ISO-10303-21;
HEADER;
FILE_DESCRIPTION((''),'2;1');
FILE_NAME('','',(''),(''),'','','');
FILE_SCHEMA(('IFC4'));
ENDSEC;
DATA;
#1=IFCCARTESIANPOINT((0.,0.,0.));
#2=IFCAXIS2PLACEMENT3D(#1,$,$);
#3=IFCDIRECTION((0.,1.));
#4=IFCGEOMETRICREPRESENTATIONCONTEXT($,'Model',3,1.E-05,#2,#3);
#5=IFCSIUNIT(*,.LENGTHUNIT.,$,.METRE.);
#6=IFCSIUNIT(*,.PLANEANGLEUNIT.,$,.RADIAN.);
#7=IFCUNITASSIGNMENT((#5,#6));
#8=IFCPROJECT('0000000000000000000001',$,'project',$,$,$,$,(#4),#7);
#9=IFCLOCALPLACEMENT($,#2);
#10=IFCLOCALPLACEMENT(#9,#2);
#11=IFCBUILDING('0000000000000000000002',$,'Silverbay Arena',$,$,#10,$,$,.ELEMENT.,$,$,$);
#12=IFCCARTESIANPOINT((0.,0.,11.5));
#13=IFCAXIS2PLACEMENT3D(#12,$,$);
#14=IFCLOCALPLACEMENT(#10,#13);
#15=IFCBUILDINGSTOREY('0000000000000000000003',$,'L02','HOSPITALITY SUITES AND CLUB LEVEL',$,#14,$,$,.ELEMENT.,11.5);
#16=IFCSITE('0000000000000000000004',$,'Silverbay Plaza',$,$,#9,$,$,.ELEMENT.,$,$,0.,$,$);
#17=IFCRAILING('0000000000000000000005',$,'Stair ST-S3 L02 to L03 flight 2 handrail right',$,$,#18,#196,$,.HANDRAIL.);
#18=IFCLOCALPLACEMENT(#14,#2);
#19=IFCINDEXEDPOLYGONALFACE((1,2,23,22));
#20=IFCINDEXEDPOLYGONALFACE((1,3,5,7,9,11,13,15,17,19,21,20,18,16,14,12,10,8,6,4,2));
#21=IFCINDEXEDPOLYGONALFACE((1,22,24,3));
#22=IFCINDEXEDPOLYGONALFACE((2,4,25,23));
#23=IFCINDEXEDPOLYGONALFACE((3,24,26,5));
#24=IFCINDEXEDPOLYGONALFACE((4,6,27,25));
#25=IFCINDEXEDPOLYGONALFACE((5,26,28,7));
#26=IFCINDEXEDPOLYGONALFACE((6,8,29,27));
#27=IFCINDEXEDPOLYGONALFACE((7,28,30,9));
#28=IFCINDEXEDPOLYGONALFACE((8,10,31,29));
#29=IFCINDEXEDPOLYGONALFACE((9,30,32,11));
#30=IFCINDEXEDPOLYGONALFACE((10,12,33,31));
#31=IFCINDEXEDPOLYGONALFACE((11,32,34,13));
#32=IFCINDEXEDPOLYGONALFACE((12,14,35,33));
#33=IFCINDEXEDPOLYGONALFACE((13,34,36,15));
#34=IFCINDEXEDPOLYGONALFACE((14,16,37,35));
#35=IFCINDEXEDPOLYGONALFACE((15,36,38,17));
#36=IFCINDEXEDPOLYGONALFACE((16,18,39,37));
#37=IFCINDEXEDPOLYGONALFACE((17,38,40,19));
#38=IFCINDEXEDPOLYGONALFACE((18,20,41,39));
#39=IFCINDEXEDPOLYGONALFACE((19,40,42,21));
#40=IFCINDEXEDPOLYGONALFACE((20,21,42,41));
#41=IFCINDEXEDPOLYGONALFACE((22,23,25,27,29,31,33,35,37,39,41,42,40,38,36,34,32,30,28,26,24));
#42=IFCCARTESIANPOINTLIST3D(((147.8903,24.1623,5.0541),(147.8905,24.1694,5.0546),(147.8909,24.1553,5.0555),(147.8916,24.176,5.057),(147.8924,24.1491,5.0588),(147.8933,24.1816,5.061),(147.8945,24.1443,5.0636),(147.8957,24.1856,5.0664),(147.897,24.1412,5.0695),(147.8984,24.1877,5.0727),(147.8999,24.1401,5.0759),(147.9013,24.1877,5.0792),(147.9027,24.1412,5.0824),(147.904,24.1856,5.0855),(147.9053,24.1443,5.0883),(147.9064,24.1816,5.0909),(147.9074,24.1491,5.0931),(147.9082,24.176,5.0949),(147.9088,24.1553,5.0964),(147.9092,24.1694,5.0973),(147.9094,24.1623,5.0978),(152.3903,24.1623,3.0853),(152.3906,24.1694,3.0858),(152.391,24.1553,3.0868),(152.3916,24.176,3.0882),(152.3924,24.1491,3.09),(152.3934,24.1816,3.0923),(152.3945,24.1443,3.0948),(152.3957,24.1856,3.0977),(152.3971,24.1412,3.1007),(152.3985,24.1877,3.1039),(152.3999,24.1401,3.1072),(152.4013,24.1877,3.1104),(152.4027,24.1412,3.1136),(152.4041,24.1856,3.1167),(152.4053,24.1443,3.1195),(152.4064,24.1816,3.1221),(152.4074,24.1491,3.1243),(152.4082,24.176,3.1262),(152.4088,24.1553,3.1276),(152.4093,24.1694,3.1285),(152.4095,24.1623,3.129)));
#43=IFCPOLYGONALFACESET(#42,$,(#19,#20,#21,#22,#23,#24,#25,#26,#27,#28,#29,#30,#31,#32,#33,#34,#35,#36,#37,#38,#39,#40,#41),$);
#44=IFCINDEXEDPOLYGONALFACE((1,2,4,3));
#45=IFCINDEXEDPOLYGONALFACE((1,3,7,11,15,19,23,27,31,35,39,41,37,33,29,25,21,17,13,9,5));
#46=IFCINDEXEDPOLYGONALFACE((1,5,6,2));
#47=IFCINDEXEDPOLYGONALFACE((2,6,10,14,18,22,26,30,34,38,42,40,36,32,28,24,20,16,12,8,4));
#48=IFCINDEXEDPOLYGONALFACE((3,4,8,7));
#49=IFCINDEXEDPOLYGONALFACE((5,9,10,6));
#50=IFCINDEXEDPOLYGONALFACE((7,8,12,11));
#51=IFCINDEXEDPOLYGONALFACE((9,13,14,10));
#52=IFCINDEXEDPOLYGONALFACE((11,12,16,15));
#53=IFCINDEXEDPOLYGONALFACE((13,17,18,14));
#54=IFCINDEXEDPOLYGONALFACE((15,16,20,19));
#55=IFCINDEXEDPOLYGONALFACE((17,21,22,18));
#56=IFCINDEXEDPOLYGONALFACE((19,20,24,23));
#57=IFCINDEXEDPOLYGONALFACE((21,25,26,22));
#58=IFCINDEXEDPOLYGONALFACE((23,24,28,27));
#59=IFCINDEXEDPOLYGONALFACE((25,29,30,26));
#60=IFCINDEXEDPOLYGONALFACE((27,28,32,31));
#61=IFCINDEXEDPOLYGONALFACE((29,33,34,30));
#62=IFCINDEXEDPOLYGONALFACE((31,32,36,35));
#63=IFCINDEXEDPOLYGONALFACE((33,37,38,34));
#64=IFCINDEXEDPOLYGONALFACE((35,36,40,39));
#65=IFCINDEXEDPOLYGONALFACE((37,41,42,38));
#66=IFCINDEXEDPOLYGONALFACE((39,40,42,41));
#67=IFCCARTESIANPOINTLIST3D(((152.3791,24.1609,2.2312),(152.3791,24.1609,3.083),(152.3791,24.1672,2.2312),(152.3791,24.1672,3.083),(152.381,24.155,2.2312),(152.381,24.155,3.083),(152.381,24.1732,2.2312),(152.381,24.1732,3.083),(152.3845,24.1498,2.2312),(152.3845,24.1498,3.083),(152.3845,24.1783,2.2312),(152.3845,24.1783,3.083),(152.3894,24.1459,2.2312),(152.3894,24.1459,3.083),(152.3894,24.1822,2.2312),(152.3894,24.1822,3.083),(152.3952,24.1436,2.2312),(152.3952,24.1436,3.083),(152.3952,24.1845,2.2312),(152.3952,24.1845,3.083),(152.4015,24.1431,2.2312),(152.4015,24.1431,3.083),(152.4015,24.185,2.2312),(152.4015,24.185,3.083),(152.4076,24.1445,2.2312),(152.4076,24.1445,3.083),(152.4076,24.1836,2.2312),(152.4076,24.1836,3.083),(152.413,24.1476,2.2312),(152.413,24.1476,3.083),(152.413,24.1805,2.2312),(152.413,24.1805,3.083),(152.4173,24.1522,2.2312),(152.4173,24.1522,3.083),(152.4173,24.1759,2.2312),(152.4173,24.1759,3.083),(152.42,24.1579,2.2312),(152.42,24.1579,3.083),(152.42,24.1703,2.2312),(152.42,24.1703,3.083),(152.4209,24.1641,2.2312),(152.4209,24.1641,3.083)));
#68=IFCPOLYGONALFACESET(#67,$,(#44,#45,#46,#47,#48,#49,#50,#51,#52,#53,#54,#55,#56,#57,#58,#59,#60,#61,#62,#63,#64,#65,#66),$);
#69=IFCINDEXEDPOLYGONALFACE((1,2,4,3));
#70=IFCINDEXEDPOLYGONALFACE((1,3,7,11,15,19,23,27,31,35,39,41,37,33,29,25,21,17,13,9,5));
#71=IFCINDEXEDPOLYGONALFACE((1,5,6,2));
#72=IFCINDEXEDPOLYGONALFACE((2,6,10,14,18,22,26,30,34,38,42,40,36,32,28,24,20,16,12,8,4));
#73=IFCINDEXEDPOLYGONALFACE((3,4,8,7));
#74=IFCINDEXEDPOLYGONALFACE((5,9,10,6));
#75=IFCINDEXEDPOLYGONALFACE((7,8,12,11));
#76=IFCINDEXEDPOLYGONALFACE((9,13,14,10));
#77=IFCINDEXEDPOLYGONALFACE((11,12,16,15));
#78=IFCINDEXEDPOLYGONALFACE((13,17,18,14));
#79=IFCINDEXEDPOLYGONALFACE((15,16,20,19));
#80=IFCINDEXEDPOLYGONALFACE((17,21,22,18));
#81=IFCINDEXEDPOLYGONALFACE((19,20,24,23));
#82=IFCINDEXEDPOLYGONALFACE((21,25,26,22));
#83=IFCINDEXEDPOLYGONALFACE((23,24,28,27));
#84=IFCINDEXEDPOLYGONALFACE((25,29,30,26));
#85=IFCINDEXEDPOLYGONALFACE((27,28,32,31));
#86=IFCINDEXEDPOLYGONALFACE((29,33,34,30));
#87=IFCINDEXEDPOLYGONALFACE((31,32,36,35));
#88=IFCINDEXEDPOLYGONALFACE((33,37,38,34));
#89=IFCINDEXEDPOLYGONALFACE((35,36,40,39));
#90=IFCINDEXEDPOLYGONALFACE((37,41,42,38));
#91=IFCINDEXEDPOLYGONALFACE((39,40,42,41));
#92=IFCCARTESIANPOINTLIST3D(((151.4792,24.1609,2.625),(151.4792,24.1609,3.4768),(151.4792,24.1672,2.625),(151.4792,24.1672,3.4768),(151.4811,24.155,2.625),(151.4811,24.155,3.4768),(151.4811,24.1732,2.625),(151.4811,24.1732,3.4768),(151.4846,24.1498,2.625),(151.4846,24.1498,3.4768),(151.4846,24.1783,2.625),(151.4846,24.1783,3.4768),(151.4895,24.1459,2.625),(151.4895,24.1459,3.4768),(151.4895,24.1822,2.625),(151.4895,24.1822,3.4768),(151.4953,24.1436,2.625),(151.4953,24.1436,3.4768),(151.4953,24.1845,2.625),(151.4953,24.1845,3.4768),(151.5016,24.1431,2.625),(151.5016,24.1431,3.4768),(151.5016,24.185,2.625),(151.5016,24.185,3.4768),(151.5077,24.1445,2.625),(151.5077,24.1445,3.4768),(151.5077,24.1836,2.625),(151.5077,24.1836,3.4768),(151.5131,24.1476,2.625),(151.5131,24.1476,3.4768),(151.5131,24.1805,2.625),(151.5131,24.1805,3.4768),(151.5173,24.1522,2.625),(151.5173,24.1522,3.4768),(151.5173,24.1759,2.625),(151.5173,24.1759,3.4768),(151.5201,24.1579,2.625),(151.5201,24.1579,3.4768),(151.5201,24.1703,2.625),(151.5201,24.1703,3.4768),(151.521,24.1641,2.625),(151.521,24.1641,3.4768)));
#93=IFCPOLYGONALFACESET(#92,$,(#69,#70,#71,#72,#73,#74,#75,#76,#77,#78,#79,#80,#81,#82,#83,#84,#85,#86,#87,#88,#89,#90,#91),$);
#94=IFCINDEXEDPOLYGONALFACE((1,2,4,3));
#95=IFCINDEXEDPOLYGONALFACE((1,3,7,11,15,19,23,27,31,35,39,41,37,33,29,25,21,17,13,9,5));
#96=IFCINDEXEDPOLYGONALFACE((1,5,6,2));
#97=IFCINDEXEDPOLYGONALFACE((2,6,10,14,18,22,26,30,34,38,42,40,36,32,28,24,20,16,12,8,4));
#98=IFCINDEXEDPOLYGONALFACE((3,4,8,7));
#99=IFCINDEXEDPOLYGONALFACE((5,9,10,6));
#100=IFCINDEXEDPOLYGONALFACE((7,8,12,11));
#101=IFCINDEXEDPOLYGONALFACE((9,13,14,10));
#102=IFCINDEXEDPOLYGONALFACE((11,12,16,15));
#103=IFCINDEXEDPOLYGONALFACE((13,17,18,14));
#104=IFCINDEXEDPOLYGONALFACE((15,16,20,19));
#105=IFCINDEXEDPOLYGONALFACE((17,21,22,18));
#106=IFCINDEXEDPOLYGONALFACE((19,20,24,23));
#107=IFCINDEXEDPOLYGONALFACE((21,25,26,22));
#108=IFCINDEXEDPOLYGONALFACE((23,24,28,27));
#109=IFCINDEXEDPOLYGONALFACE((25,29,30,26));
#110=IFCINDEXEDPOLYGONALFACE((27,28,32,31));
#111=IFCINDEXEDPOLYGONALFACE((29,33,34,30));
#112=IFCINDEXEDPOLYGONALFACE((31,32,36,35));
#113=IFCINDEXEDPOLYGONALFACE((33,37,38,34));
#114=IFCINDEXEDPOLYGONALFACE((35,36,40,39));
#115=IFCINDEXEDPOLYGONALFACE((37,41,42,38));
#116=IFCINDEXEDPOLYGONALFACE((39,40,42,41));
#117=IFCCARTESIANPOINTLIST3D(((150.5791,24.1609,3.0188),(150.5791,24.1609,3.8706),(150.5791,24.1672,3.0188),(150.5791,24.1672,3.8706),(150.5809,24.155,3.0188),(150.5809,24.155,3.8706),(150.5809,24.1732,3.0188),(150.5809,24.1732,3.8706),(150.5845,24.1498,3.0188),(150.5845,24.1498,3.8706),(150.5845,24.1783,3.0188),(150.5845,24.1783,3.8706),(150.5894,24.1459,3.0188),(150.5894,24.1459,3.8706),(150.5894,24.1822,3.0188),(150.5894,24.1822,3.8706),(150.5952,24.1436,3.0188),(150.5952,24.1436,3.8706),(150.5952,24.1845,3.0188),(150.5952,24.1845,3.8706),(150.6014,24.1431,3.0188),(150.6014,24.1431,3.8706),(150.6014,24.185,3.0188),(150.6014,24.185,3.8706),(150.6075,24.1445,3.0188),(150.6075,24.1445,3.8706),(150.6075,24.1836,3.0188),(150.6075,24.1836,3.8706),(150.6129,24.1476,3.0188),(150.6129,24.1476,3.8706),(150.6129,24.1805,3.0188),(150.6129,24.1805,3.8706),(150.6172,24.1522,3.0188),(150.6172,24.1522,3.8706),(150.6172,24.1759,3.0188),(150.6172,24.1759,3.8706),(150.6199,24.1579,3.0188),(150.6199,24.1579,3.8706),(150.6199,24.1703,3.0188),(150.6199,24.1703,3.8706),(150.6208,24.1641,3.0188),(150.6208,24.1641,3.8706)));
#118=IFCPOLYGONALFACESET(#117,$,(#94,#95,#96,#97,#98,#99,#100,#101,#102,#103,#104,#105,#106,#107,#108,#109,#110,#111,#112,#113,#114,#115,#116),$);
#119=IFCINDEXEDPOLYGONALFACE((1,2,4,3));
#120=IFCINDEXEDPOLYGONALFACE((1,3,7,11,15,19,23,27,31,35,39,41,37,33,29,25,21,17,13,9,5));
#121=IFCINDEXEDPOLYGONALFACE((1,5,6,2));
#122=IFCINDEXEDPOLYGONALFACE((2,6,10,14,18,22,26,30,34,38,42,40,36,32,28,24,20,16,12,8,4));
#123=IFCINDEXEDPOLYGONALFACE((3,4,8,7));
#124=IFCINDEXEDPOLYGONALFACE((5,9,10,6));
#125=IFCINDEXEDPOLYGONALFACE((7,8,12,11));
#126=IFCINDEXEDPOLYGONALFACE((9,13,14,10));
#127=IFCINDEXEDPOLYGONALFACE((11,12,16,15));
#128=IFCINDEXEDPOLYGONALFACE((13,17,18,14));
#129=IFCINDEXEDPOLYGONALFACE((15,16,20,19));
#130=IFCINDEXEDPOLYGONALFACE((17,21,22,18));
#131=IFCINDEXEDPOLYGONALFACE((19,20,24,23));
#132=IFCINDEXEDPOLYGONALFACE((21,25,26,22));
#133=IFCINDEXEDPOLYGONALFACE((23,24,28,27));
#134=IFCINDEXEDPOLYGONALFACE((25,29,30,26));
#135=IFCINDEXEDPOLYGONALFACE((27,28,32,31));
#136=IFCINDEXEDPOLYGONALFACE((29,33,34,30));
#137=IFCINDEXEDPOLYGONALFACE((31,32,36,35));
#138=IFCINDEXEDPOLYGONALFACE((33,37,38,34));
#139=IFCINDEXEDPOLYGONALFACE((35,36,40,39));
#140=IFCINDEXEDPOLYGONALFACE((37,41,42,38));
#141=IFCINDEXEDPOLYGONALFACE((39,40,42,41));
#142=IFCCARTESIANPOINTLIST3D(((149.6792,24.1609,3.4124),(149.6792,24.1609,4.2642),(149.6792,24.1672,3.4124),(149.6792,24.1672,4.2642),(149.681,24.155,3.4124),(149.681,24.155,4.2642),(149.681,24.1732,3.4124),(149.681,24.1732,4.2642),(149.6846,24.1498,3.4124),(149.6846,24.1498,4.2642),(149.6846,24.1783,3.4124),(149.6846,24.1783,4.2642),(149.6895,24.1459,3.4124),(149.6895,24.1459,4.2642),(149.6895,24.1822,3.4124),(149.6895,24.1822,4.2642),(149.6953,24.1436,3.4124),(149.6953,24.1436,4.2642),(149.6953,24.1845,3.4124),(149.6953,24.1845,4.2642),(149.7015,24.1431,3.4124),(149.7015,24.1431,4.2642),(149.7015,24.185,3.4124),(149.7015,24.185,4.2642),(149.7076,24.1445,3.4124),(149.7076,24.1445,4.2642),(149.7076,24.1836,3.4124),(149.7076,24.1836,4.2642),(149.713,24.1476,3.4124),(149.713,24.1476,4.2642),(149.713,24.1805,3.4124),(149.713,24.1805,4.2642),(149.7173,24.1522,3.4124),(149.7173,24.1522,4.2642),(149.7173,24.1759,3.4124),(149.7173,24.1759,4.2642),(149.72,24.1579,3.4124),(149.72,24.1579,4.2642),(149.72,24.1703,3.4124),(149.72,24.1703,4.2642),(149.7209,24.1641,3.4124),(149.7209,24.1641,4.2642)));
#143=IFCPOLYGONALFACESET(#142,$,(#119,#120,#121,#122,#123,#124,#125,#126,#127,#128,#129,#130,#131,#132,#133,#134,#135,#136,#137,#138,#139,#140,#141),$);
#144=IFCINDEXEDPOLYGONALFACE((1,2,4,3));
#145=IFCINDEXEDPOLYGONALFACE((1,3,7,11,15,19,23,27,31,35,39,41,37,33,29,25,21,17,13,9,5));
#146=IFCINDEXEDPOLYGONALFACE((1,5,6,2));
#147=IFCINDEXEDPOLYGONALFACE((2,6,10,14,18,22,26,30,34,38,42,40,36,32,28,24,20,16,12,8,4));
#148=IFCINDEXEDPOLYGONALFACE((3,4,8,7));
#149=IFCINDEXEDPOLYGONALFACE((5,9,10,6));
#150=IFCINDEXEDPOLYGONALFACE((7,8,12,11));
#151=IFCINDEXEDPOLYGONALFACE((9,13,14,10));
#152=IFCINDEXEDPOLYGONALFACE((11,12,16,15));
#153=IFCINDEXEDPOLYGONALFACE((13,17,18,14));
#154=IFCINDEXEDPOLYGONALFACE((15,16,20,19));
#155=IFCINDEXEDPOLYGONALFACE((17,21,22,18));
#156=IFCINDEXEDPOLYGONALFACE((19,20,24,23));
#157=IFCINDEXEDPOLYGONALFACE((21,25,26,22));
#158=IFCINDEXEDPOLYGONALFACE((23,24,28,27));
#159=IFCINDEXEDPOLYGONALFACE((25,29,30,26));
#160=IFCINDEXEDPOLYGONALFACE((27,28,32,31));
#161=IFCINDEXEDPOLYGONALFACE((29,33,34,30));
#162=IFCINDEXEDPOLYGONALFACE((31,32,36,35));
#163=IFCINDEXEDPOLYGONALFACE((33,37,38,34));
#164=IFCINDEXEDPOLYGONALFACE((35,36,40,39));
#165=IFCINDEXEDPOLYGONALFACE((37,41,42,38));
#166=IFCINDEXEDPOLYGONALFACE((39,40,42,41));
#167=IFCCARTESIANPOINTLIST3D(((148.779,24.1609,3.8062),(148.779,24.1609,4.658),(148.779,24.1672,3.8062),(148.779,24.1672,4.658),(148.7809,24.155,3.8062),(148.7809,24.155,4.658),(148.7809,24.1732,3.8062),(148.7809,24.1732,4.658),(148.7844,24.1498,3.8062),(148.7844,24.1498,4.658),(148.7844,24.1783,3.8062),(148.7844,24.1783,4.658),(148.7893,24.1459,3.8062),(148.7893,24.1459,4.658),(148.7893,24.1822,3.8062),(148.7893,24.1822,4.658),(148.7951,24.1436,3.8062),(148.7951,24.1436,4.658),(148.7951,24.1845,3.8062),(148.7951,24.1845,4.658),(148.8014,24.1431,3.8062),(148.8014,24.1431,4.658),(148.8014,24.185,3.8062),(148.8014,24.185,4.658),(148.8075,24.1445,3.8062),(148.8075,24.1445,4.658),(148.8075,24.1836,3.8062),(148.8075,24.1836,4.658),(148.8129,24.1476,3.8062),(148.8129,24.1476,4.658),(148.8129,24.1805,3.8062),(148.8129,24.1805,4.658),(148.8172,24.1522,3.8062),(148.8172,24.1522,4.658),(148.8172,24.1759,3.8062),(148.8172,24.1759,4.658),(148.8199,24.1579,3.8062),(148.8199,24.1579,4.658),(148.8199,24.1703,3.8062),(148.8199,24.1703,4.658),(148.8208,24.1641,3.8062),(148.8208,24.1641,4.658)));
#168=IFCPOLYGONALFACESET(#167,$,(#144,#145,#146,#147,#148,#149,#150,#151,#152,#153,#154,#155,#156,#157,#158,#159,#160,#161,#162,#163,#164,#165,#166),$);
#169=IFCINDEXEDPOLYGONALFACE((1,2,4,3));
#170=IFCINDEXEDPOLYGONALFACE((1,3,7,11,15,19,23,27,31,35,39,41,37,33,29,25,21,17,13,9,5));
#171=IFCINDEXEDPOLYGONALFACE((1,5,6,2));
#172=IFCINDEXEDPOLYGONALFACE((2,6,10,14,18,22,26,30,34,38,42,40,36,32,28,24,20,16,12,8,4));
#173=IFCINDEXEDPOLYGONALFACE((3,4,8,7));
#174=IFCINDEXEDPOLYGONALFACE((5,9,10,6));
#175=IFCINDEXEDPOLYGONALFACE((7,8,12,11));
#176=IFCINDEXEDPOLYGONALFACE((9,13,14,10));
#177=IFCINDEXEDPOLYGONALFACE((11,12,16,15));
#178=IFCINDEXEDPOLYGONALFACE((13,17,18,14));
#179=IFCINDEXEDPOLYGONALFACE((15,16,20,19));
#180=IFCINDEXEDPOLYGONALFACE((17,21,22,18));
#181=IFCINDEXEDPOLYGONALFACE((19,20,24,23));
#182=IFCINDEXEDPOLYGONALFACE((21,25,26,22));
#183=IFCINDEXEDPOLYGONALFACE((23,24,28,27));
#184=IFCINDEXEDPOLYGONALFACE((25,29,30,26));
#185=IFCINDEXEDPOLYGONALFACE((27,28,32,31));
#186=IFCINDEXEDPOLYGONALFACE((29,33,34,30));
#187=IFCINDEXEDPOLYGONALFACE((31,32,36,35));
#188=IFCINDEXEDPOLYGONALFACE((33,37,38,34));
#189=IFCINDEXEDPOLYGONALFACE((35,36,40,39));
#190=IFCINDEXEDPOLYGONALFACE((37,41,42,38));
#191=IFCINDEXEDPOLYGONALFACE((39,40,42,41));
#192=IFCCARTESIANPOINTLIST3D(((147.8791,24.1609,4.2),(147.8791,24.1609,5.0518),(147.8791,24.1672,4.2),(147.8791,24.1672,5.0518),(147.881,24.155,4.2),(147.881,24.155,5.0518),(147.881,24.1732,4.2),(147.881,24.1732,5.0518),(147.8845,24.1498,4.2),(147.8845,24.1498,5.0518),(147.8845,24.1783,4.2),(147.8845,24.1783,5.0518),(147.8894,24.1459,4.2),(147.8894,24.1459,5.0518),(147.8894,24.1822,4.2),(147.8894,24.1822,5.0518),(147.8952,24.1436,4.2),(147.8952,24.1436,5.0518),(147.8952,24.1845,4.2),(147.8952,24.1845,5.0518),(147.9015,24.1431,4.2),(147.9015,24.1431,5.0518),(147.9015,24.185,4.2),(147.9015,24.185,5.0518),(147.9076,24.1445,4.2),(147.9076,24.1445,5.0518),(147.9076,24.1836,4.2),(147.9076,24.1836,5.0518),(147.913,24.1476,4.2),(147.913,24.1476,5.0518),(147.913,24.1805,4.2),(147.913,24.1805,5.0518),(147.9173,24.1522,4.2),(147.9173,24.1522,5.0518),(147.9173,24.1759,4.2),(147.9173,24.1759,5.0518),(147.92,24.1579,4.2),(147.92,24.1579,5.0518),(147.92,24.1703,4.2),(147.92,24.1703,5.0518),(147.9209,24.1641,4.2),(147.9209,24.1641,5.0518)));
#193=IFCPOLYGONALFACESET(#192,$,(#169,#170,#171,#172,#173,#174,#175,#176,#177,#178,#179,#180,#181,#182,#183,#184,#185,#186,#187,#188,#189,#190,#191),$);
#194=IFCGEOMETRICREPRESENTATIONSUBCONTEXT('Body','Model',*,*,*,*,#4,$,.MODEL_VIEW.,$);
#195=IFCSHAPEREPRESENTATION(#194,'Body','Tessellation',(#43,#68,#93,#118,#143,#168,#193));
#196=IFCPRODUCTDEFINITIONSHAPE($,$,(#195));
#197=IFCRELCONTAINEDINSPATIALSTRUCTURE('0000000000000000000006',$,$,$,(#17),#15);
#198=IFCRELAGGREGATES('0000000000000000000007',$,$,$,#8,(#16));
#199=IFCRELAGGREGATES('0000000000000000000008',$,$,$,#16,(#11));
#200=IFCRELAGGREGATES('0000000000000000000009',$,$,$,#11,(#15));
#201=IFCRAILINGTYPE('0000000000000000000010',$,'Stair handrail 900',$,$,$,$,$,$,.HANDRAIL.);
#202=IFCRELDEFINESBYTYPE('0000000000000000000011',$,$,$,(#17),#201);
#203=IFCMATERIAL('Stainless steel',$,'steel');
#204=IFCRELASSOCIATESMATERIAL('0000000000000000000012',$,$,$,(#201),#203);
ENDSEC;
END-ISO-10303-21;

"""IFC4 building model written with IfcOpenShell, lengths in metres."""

from ifc_helpers import new_model, si_unit, direction, frame, origin, origin_2d, place, context, subcontext, project, spatial, circle, extrude, material, type_object, element, save


model = new_model("IFC4")

# Units and contexts
model_context = context("Model", 3, precision=1e-05, world=origin(), true_north=direction((0.0, 1.0)))
body_context = subcontext(model_context, "Body", "Model", "MODEL_VIEW")
ifc_project = project(units=[si_unit("LENGTHUNIT", "METRE"), si_unit("PLANEANGLEUNIT", "RADIAN")], contexts=[model_context])

# Site, building, storey
site_placement = place(None, origin())
site = spatial("IfcSite", under=ifc_project, at=site_placement, Name="Silverbay Plaza", CompositionType="ELEMENT", RefElevation=0.0)
building_placement = place(site_placement, origin())
building = spatial("IfcBuilding", under=site, at=building_placement, Name="Silverbay Arena", CompositionType="ELEMENT")
storey_placement = place(building_placement, frame((0.0, 0.0, 11.5)))
storey = spatial("IfcBuildingStorey", under=building, at=storey_placement, Name="L02", Description="HOSPITALITY SUITES AND CLUB LEVEL", CompositionType="ELEMENT", Elevation=11.5)

# Railing
ifc_material_1 = material(Name="Stainless steel", Category="steel")
railing_type_1 = type_object("IfcRailingType", Name="Stair handrail 900", PredefinedType="HANDRAIL", material=ifc_material_1)
railing_1_placement = place(storey_placement, frame((152.3999, 24.1641, 2.2312)))
element("IfcRailing", 1, at=railing_1_placement, inside=storey, type_object=railing_type_1, Name="Stair ST-S3 L02 to L03 flight 2 handrail right", PredefinedType="HANDRAIL", context=body_context, shape_type="SweptSolid", body=[
    extrude(circle(Radius=0.0239, at=origin_2d()), frame((0.0, 0.0, 0.876), z_axis=(-0.916157, 0.0, 0.400819), x_axis=(0.0, -1.0, 0.0)), (0.0, 0.0, 1.0), 4.9119),
    extrude(circle(Radius=0.021, at=origin_2d()), origin(), (0.0, 0.0, 1.0), 0.8518),
    extrude(circle(Radius=0.021, at=origin_2d()), frame((-0.8999, 0.0, 0.3938)), (0.0, 0.0, 1.0), 0.8518),
    extrude(circle(Radius=0.021, at=origin_2d()), frame((-1.8, 0.0, 0.7876)), (0.0, 0.0, 1.0), 0.8518),
    extrude(circle(Radius=0.021, at=origin_2d()), frame((-2.7, 0.0, 1.1812)), (0.0, 0.0, 1.0), 0.8518),
    extrude(circle(Radius=0.021, at=origin_2d()), frame((-3.6001, 0.0, 1.575)), (0.0, 0.0, 1.0), 0.8518),
    extrude(circle(Radius=0.021, at=origin_2d()), frame((-4.5, 0.0, 1.9688)), (0.0, 0.0, 1.0), 0.8518),
])

save(model, "model.ifc")
